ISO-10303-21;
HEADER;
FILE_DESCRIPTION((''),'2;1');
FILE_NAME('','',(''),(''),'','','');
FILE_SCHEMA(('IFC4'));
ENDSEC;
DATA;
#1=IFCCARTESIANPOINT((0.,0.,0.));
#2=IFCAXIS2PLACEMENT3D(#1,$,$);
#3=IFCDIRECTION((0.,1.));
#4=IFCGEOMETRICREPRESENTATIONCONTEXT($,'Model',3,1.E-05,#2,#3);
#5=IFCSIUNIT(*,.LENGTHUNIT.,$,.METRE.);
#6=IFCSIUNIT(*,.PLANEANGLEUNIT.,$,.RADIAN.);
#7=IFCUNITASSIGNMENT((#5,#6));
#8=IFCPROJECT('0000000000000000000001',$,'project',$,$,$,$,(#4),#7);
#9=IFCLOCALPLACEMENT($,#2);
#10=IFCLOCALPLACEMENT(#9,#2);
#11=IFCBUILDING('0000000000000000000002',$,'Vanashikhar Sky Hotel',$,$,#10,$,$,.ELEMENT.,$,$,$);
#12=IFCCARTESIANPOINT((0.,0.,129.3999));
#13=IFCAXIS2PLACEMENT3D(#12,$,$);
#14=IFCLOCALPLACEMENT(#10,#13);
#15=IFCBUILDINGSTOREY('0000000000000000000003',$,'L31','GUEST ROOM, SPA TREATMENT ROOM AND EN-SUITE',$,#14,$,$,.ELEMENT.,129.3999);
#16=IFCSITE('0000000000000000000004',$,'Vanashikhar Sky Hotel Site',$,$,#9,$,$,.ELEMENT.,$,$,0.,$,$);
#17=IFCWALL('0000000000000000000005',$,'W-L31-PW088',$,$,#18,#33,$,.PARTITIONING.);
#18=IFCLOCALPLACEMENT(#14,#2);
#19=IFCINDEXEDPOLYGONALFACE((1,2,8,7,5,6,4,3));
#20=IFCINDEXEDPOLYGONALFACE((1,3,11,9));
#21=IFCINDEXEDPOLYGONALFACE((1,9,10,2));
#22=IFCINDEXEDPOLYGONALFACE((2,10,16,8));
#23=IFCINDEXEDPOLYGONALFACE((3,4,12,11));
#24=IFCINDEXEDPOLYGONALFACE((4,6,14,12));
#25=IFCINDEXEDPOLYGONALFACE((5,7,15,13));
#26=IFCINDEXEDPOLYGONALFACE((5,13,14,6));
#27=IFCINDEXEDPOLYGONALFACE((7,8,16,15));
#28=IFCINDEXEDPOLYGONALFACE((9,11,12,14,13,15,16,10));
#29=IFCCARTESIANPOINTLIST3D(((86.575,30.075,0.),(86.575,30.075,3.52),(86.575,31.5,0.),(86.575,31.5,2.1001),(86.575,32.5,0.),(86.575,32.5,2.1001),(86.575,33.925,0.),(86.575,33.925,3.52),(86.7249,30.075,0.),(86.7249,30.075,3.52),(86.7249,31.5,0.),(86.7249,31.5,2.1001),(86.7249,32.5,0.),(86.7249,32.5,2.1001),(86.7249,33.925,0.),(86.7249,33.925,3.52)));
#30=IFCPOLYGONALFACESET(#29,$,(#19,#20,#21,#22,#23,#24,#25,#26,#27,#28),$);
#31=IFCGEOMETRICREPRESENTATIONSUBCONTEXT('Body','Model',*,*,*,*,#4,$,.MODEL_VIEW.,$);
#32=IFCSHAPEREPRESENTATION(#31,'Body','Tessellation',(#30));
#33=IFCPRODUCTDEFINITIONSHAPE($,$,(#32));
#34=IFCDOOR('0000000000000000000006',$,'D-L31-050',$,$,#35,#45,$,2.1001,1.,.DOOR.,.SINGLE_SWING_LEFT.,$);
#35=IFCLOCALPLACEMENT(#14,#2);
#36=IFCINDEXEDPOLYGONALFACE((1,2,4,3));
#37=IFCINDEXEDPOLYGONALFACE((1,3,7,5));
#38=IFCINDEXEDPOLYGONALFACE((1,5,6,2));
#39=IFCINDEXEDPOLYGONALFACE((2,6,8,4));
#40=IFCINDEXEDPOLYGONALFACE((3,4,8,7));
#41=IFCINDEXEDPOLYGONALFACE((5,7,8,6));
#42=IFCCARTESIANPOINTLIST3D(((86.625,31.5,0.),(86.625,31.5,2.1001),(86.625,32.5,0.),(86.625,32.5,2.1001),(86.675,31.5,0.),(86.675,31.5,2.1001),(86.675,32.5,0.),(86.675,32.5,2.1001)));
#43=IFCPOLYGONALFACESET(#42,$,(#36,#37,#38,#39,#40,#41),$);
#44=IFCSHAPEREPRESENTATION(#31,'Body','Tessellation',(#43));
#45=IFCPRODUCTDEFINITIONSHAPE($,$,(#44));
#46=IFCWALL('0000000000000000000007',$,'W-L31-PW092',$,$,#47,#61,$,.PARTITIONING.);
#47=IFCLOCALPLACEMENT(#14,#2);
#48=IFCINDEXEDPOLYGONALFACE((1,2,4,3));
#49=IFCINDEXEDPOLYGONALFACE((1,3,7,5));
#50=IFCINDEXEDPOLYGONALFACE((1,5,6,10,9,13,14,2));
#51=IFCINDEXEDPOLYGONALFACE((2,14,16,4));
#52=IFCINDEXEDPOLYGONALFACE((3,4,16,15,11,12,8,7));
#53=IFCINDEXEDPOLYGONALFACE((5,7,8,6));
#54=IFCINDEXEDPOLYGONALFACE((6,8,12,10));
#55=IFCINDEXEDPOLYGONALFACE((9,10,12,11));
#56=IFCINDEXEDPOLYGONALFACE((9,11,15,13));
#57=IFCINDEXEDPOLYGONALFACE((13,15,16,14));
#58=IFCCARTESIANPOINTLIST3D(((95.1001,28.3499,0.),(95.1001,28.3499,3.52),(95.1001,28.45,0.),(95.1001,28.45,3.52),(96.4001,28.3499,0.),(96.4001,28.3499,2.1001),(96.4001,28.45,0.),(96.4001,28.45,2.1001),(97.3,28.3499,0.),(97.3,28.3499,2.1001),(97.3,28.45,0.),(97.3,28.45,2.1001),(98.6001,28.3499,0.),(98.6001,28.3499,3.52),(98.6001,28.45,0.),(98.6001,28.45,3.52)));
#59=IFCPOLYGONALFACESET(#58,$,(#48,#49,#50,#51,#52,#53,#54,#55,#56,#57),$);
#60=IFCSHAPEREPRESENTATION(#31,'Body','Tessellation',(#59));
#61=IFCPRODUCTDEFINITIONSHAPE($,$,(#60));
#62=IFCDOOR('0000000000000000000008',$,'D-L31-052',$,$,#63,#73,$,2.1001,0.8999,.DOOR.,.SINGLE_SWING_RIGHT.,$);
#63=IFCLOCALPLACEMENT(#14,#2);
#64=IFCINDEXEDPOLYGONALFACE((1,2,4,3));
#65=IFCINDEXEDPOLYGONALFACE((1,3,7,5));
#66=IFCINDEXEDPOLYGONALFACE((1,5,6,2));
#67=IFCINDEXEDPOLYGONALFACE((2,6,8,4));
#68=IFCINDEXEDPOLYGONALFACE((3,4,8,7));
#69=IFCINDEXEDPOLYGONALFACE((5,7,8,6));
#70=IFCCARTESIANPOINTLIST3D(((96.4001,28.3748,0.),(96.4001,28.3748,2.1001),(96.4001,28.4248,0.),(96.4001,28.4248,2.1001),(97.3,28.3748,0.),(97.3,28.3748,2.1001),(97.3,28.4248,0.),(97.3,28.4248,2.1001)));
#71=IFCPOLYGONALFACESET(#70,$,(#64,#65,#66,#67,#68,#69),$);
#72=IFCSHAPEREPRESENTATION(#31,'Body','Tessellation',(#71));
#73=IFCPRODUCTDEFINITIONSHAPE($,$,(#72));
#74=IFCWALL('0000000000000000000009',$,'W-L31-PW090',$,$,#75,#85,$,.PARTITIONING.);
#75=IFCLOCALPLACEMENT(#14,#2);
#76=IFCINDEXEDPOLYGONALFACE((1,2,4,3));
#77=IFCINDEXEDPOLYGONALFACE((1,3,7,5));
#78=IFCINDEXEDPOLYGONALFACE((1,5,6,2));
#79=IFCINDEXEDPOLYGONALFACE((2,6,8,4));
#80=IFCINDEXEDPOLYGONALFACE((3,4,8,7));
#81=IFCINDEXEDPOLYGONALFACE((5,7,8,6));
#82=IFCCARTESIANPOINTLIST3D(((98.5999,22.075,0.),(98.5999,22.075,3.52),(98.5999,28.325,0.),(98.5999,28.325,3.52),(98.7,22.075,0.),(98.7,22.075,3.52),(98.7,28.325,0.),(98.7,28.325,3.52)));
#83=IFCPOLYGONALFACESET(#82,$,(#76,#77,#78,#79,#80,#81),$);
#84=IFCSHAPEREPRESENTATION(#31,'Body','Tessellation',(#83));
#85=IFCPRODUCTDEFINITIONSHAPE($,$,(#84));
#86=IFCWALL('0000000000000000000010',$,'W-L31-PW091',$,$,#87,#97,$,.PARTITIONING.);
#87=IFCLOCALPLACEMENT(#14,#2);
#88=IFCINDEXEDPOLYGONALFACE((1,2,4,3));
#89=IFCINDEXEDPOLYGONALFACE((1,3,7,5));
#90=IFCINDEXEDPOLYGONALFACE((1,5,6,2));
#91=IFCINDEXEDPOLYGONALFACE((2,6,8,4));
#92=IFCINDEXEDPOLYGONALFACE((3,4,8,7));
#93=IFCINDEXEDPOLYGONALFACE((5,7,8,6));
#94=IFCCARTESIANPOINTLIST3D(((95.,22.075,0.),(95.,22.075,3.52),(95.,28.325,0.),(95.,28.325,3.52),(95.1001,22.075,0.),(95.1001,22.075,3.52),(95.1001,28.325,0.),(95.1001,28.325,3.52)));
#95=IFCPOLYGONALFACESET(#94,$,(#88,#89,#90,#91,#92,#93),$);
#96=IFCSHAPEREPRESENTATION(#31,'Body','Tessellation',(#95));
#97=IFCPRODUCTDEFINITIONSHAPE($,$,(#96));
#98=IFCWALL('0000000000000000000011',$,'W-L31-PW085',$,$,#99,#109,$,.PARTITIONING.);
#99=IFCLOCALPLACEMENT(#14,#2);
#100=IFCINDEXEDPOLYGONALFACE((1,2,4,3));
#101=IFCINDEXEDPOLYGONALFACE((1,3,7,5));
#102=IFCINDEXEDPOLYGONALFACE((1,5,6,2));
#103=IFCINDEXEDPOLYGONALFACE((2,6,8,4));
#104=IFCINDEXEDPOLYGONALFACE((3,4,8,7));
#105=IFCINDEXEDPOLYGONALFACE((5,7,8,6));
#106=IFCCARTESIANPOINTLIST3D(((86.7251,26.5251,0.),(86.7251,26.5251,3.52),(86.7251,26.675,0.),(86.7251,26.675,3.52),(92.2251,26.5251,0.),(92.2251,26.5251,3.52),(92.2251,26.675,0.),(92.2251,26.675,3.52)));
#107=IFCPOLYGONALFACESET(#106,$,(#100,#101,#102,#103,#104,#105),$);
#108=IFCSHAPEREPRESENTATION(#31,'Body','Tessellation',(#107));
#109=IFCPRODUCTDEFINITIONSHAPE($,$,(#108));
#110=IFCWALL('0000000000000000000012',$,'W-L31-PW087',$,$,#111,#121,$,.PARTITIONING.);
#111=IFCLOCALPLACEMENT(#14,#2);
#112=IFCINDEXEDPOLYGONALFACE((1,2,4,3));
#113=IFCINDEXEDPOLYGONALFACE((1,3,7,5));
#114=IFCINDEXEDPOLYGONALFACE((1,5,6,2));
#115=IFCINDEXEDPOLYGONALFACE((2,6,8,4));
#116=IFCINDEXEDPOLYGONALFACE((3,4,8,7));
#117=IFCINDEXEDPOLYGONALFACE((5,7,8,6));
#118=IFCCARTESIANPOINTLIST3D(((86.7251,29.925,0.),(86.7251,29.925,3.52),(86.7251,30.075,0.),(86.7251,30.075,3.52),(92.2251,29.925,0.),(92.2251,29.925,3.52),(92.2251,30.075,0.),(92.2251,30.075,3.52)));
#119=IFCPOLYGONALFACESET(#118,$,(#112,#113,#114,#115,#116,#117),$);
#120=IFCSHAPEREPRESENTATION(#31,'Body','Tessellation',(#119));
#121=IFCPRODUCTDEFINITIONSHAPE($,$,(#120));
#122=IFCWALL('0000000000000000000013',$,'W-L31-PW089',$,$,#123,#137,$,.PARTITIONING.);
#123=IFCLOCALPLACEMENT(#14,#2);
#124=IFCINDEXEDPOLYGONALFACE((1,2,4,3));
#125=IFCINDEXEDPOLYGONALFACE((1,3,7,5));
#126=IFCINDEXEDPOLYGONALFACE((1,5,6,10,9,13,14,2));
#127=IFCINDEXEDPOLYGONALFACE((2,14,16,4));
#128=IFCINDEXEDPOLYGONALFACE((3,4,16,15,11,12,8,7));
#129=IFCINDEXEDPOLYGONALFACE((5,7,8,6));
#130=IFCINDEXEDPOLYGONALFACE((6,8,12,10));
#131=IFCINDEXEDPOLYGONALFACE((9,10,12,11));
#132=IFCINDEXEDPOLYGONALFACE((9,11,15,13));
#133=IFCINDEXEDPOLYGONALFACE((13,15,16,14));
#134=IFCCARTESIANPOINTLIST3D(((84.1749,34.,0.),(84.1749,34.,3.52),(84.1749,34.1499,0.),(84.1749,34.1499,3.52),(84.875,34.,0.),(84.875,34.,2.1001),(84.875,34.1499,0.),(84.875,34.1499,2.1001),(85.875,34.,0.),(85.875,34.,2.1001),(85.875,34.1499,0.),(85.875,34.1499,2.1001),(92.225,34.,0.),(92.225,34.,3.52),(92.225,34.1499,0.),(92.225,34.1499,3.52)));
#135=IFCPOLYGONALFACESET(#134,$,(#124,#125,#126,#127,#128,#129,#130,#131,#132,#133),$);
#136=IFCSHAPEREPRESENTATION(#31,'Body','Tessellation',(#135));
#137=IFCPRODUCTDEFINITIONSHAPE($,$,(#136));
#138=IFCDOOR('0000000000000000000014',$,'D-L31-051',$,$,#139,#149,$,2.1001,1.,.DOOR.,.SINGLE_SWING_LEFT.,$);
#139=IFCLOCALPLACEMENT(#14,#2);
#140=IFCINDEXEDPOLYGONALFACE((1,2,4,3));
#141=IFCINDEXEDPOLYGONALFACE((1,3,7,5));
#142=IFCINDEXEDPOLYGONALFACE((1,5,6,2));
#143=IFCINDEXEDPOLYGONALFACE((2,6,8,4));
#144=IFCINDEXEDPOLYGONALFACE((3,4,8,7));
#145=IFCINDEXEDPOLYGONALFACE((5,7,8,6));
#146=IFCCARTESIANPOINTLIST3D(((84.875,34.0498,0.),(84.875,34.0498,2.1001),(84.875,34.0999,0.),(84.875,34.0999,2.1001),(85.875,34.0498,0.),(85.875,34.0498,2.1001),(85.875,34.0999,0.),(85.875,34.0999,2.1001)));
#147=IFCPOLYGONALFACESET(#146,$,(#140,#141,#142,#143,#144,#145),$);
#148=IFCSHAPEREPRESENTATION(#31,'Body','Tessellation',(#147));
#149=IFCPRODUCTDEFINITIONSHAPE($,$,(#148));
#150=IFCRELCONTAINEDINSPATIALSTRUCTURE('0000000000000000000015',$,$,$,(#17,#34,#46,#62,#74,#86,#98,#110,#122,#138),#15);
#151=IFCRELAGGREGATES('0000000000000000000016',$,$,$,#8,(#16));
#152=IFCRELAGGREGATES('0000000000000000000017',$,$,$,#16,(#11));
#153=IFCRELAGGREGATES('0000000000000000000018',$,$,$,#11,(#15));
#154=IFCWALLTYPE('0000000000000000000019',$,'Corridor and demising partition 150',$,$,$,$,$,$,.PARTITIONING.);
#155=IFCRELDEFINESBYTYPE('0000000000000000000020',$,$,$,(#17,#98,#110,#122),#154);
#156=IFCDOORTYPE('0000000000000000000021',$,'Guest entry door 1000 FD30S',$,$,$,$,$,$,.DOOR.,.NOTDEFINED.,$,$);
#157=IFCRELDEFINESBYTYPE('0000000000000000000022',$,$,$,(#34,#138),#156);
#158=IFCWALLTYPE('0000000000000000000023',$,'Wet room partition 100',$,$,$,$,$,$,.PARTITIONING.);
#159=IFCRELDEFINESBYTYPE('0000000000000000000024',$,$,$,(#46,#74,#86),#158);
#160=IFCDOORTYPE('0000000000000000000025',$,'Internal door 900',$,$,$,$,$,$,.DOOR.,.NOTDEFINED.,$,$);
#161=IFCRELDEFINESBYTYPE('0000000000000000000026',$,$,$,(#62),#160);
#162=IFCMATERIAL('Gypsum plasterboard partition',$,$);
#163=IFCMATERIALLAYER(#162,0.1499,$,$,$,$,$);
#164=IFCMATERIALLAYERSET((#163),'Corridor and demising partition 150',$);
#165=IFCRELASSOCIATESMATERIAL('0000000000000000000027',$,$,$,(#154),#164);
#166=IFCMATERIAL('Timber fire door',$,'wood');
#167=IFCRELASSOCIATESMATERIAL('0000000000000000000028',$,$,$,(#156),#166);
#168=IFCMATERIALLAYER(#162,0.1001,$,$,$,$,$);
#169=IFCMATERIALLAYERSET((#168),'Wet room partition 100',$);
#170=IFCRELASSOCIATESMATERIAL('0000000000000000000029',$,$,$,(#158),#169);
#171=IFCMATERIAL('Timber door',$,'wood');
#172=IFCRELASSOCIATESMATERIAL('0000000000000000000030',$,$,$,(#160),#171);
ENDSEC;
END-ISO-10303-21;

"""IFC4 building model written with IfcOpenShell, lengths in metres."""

from ifc_helpers import new_model, si_unit, direction, frame, frame_2d, origin, place, context, subcontext, project, spatial, rectangle, extrude, source, transform, mapped, material, layer, layer_set, type_object, element, fill, save


model = new_model("IFC4")

# Units and contexts
model_context = context("Model", 3, precision=1e-05, world=origin(), true_north=direction((0.0, 1.0)))
body_context = subcontext(model_context, "Body", "Model", "MODEL_VIEW")
ifc_project = project(units=[si_unit("LENGTHUNIT", "METRE"), si_unit("PLANEANGLEUNIT", "RADIAN")], contexts=[model_context])

# Site, building, storey
site_placement = place(None, origin())
site = spatial("IfcSite", under=ifc_project, at=site_placement, Name="Vanashikhar Sky Hotel Site", CompositionType="ELEMENT", RefElevation=0.0)
building_placement = place(site_placement, origin())
building = spatial("IfcBuilding", under=site, at=building_placement, Name="Vanashikhar Sky Hotel", CompositionType="ELEMENT")
storey_placement = place(building_placement, frame((0.0, 0.0, 129.3999)))
storey = spatial("IfcBuildingStorey", under=building, at=storey_placement, Name="L31", Description="GUEST ROOM, SPA TREATMENT ROOM AND EN-SUITE", CompositionType="ELEMENT", Elevation=129.3999)

# Walls, openings, doors
ifc_material_1 = material(Name="Gypsum plasterboard partition")
ifc_layer_1 = layer(ifc_material_1, 0.1499)
ifc_layer_set_1 = layer_set([ifc_layer_1], Name="Corridor and demising partition 150")
wall_type_1 = type_object("IfcWallType", Name="Corridor and demising partition 150", PredefinedType="PARTITIONING", material=ifc_layer_set_1)
shared_shape_1 = source(origin(), body_context, "Body", "SweptSolid", [
    extrude(rectangle(XDim=1.0, YDim=2.1001, at=frame_2d((0.5, 1.05))), frame((0.0, 0.085, 0.0), z_axis=(0.0, -1.0, 0.0), x_axis=(1.0, 0.0, 0.0)), (0.0, 0.0, 1.0), 0.1699),
])
ifc_material_2 = material(Name="Timber fire door", Category="wood")
door_type_1 = type_object("IfcDoorType", Name="Guest entry door 1000 FD30S", OperationType="NOTDEFINED", PredefinedType="DOOR", material=ifc_material_2)
shared_shape_2 = source(origin(), body_context, "Body", "SweptSolid", [
    extrude(rectangle(XDim=1.0, YDim=2.1001, at=frame_2d((0.5, 1.05))), frame((0.0, 0.0249, 0.0), z_axis=(0.0, -1.0, 0.0), x_axis=(1.0, 0.0, 0.0)), (0.0, 0.0, 1.0), 0.05),
])
shared_shape_3 = source(origin(), body_context, "Body", "SweptSolid", [
    extrude(rectangle(XDim=3.8501, YDim=0.1499, at=frame_2d((1.925, 0.0))), origin(), (0.0, 0.0, 1.0), 3.52),
])
wall_1_placement = place(storey_placement, frame((86.6499, 30.075, 0.0), z_axis=(0.0, 0.0, 1.0), x_axis=(0.0, 1.0, 0.0)))
wall_1 = element("IfcWall", 1, at=wall_1_placement, inside=storey, type_object=wall_type_1, Name="W-L31-PW088", PredefinedType="PARTITIONING", context=body_context, shape_type="MappedRepresentation", body=[
    mapped(shared_shape_3, transform((0.0, 0.0, 0.0), scale=1.0)),
])
opening_1_placement = place(wall_1_placement, frame((1.425, 0.0, 0.0)))
opening_1 = element("IfcOpeningElement", 2, at=opening_1_placement, cuts=wall_1, PredefinedType="OPENING", context=body_context, shape_type="MappedRepresentation", body=[
    mapped(shared_shape_1, transform((0.0, 0.0, 0.0), scale=1.0)),
])
door_1_placement = place(opening_1_placement, origin())
door_1 = element("IfcDoor", 3, at=door_1_placement, inside=storey, type_object=door_type_1, Name="D-L31-050", OperationType="SINGLE_SWING_LEFT", OverallHeight=2.1001, OverallWidth=1.0, PredefinedType="DOOR", context=body_context, shape_type="MappedRepresentation", body=[
    mapped(shared_shape_2, transform((0.0, 0.0, 0.0), scale=1.0)),
])
fill(opening_1, door_1)
ifc_layer_2 = layer(ifc_material_1, 0.1001)
ifc_layer_set_2 = layer_set([ifc_layer_2], Name="Wet room partition 100")
wall_type_2 = type_object("IfcWallType", Name="Wet room partition 100", PredefinedType="PARTITIONING", material=ifc_layer_set_2)
shared_shape_4 = source(origin(), body_context, "Body", "SweptSolid", [
    extrude(rectangle(XDim=3.5, YDim=0.1001, at=frame_2d((1.75, 0.0))), origin(), (0.0, 0.0, 1.0), 3.52),
])
wall_2_placement = place(storey_placement, frame((95.1001, 28.3999, 0.0), z_axis=(0.0, 0.0, 1.0), x_axis=(1.0, 0.0, 0.0)))
wall_2 = element("IfcWall", 4, at=wall_2_placement, inside=storey, type_object=wall_type_2, Name="W-L31-PW092", PredefinedType="PARTITIONING", context=body_context, shape_type="MappedRepresentation", body=[
    mapped(shared_shape_4, transform((0.0, 0.0, 0.0), scale=1.0)),
])
shared_shape_5 = source(origin(), body_context, "Body", "SweptSolid", [
    extrude(rectangle(XDim=0.8999, YDim=2.1001, at=frame_2d((0.45, 1.05))), frame((0.0, 0.0601, 0.0), z_axis=(0.0, -1.0, 0.0), x_axis=(1.0, 0.0, 0.0)), (0.0, 0.0, 1.0), 0.1201),
])
opening_2_placement = place(wall_2_placement, frame((1.3, 0.0, 0.0)))
opening_2 = element("IfcOpeningElement", 5, at=opening_2_placement, cuts=wall_2, PredefinedType="OPENING", context=body_context, shape_type="MappedRepresentation", body=[
    mapped(shared_shape_5, transform((0.0, 0.0, 0.0), scale=1.0)),
])
ifc_material_3 = material(Name="Timber door", Category="wood")
door_type_2 = type_object("IfcDoorType", Name="Internal door 900", OperationType="NOTDEFINED", PredefinedType="DOOR", material=ifc_material_3)
shared_shape_6 = source(origin(), body_context, "Body", "SweptSolid", [
    extrude(rectangle(XDim=0.8999, YDim=2.1001, at=frame_2d((0.45, 1.05))), frame((0.0, 0.0249, 0.0), z_axis=(0.0, -1.0, 0.0), x_axis=(1.0, 0.0, 0.0)), (0.0, 0.0, 1.0), 0.05),
])
door_2_placement = place(opening_2_placement, origin())
door_2 = element("IfcDoor", 6, at=door_2_placement, inside=storey, type_object=door_type_2, Name="D-L31-052", OperationType="SINGLE_SWING_RIGHT", OverallHeight=2.1001, OverallWidth=0.8999, PredefinedType="DOOR", context=body_context, shape_type="MappedRepresentation", body=[
    mapped(shared_shape_6, transform((0.0, 0.0, 0.0), scale=1.0)),
])
fill(opening_2, door_2)

# Walls
shared_shape_7 = source(origin(), body_context, "Body", "SweptSolid", [
    extrude(rectangle(XDim=6.25, YDim=0.1001, at=frame_2d((3.125, 0.0))), origin(), (0.0, 0.0, 1.0), 3.52),
])
for number, where, z_axis, x_axis, name in (
    (7, (98.6499, 22.075, 0.0), (0.0, 0.0, 1.0), (0.0, 1.0, 0.0), "W-L31-PW090"),
    (8, (95.05, 22.075, 0.0), (0.0, 0.0, 1.0), (0.0, 1.0, 0.0), "W-L31-PW091"),
):
    element("IfcWall", number, at=place(storey_placement, frame(where, z_axis=z_axis, x_axis=x_axis)), inside=storey, type_object=wall_type_2, Name=name, PredefinedType="PARTITIONING", context=body_context, shape_type="MappedRepresentation", body=[
        mapped(shared_shape_7, transform((0.0, 0.0, 0.0), scale=1.0)),
    ])
shared_shape_8 = source(origin(), body_context, "Body", "SweptSolid", [
    extrude(rectangle(XDim=5.5, YDim=0.1499, at=frame_2d((2.75, 0.0))), origin(), (0.0, 0.0, 1.0), 3.52),
])
for number, where, z_axis, x_axis, name in (
    (9, (86.7251, 26.6001, 0.0), (0.0, 0.0, 1.0), (1.0, 0.0, 0.0), "W-L31-PW085"),
    (10, (86.7251, 30.0, 0.0), (0.0, 0.0, 1.0), (1.0, 0.0, 0.0), "W-L31-PW087"),
):
    element("IfcWall", number, at=place(storey_placement, frame(where, z_axis=z_axis, x_axis=x_axis)), inside=storey, type_object=wall_type_1, Name=name, PredefinedType="PARTITIONING", context=body_context, shape_type="MappedRepresentation", body=[
        mapped(shared_shape_8, transform((0.0, 0.0, 0.0), scale=1.0)),
    ])

# Wall, opening, door
shared_shape_9 = source(origin(), body_context, "Body", "SweptSolid", [
    extrude(rectangle(XDim=8.05, YDim=0.1499, at=frame_2d((4.0249, 0.0))), origin(), (0.0, 0.0, 1.0), 3.52),
])
wall_3_placement = place(storey_placement, frame((84.175, 34.075, 0.0), z_axis=(0.0, 0.0, 1.0), x_axis=(1.0, 0.0, 0.0)))
wall_3 = element("IfcWall", 11, at=wall_3_placement, inside=storey, type_object=wall_type_1, Name="W-L31-PW089", PredefinedType="PARTITIONING", context=body_context, shape_type="MappedRepresentation", body=[
    mapped(shared_shape_9, transform((0.0, 0.0, 0.0), scale=1.0)),
])
opening_3_placement = place(wall_3_placement, frame((0.7, 0.0, 0.0)))
opening_3 = element("IfcOpeningElement", 12, at=opening_3_placement, cuts=wall_3, PredefinedType="OPENING", context=body_context, shape_type="MappedRepresentation", body=[
    mapped(shared_shape_1, transform((0.0, 0.0, 0.0), scale=1.0)),
])
door_3_placement = place(opening_3_placement, origin())
door_3 = element("IfcDoor", 13, at=door_3_placement, inside=storey, type_object=door_type_1, Name="D-L31-051", OperationType="SINGLE_SWING_LEFT", OverallHeight=2.1001, OverallWidth=1.0, PredefinedType="DOOR", context=body_context, shape_type="MappedRepresentation", body=[
    mapped(shared_shape_2, transform((0.0, 0.0, 0.0), scale=1.0)),
])
fill(opening_3, door_3)

save(model, "model.ifc")
